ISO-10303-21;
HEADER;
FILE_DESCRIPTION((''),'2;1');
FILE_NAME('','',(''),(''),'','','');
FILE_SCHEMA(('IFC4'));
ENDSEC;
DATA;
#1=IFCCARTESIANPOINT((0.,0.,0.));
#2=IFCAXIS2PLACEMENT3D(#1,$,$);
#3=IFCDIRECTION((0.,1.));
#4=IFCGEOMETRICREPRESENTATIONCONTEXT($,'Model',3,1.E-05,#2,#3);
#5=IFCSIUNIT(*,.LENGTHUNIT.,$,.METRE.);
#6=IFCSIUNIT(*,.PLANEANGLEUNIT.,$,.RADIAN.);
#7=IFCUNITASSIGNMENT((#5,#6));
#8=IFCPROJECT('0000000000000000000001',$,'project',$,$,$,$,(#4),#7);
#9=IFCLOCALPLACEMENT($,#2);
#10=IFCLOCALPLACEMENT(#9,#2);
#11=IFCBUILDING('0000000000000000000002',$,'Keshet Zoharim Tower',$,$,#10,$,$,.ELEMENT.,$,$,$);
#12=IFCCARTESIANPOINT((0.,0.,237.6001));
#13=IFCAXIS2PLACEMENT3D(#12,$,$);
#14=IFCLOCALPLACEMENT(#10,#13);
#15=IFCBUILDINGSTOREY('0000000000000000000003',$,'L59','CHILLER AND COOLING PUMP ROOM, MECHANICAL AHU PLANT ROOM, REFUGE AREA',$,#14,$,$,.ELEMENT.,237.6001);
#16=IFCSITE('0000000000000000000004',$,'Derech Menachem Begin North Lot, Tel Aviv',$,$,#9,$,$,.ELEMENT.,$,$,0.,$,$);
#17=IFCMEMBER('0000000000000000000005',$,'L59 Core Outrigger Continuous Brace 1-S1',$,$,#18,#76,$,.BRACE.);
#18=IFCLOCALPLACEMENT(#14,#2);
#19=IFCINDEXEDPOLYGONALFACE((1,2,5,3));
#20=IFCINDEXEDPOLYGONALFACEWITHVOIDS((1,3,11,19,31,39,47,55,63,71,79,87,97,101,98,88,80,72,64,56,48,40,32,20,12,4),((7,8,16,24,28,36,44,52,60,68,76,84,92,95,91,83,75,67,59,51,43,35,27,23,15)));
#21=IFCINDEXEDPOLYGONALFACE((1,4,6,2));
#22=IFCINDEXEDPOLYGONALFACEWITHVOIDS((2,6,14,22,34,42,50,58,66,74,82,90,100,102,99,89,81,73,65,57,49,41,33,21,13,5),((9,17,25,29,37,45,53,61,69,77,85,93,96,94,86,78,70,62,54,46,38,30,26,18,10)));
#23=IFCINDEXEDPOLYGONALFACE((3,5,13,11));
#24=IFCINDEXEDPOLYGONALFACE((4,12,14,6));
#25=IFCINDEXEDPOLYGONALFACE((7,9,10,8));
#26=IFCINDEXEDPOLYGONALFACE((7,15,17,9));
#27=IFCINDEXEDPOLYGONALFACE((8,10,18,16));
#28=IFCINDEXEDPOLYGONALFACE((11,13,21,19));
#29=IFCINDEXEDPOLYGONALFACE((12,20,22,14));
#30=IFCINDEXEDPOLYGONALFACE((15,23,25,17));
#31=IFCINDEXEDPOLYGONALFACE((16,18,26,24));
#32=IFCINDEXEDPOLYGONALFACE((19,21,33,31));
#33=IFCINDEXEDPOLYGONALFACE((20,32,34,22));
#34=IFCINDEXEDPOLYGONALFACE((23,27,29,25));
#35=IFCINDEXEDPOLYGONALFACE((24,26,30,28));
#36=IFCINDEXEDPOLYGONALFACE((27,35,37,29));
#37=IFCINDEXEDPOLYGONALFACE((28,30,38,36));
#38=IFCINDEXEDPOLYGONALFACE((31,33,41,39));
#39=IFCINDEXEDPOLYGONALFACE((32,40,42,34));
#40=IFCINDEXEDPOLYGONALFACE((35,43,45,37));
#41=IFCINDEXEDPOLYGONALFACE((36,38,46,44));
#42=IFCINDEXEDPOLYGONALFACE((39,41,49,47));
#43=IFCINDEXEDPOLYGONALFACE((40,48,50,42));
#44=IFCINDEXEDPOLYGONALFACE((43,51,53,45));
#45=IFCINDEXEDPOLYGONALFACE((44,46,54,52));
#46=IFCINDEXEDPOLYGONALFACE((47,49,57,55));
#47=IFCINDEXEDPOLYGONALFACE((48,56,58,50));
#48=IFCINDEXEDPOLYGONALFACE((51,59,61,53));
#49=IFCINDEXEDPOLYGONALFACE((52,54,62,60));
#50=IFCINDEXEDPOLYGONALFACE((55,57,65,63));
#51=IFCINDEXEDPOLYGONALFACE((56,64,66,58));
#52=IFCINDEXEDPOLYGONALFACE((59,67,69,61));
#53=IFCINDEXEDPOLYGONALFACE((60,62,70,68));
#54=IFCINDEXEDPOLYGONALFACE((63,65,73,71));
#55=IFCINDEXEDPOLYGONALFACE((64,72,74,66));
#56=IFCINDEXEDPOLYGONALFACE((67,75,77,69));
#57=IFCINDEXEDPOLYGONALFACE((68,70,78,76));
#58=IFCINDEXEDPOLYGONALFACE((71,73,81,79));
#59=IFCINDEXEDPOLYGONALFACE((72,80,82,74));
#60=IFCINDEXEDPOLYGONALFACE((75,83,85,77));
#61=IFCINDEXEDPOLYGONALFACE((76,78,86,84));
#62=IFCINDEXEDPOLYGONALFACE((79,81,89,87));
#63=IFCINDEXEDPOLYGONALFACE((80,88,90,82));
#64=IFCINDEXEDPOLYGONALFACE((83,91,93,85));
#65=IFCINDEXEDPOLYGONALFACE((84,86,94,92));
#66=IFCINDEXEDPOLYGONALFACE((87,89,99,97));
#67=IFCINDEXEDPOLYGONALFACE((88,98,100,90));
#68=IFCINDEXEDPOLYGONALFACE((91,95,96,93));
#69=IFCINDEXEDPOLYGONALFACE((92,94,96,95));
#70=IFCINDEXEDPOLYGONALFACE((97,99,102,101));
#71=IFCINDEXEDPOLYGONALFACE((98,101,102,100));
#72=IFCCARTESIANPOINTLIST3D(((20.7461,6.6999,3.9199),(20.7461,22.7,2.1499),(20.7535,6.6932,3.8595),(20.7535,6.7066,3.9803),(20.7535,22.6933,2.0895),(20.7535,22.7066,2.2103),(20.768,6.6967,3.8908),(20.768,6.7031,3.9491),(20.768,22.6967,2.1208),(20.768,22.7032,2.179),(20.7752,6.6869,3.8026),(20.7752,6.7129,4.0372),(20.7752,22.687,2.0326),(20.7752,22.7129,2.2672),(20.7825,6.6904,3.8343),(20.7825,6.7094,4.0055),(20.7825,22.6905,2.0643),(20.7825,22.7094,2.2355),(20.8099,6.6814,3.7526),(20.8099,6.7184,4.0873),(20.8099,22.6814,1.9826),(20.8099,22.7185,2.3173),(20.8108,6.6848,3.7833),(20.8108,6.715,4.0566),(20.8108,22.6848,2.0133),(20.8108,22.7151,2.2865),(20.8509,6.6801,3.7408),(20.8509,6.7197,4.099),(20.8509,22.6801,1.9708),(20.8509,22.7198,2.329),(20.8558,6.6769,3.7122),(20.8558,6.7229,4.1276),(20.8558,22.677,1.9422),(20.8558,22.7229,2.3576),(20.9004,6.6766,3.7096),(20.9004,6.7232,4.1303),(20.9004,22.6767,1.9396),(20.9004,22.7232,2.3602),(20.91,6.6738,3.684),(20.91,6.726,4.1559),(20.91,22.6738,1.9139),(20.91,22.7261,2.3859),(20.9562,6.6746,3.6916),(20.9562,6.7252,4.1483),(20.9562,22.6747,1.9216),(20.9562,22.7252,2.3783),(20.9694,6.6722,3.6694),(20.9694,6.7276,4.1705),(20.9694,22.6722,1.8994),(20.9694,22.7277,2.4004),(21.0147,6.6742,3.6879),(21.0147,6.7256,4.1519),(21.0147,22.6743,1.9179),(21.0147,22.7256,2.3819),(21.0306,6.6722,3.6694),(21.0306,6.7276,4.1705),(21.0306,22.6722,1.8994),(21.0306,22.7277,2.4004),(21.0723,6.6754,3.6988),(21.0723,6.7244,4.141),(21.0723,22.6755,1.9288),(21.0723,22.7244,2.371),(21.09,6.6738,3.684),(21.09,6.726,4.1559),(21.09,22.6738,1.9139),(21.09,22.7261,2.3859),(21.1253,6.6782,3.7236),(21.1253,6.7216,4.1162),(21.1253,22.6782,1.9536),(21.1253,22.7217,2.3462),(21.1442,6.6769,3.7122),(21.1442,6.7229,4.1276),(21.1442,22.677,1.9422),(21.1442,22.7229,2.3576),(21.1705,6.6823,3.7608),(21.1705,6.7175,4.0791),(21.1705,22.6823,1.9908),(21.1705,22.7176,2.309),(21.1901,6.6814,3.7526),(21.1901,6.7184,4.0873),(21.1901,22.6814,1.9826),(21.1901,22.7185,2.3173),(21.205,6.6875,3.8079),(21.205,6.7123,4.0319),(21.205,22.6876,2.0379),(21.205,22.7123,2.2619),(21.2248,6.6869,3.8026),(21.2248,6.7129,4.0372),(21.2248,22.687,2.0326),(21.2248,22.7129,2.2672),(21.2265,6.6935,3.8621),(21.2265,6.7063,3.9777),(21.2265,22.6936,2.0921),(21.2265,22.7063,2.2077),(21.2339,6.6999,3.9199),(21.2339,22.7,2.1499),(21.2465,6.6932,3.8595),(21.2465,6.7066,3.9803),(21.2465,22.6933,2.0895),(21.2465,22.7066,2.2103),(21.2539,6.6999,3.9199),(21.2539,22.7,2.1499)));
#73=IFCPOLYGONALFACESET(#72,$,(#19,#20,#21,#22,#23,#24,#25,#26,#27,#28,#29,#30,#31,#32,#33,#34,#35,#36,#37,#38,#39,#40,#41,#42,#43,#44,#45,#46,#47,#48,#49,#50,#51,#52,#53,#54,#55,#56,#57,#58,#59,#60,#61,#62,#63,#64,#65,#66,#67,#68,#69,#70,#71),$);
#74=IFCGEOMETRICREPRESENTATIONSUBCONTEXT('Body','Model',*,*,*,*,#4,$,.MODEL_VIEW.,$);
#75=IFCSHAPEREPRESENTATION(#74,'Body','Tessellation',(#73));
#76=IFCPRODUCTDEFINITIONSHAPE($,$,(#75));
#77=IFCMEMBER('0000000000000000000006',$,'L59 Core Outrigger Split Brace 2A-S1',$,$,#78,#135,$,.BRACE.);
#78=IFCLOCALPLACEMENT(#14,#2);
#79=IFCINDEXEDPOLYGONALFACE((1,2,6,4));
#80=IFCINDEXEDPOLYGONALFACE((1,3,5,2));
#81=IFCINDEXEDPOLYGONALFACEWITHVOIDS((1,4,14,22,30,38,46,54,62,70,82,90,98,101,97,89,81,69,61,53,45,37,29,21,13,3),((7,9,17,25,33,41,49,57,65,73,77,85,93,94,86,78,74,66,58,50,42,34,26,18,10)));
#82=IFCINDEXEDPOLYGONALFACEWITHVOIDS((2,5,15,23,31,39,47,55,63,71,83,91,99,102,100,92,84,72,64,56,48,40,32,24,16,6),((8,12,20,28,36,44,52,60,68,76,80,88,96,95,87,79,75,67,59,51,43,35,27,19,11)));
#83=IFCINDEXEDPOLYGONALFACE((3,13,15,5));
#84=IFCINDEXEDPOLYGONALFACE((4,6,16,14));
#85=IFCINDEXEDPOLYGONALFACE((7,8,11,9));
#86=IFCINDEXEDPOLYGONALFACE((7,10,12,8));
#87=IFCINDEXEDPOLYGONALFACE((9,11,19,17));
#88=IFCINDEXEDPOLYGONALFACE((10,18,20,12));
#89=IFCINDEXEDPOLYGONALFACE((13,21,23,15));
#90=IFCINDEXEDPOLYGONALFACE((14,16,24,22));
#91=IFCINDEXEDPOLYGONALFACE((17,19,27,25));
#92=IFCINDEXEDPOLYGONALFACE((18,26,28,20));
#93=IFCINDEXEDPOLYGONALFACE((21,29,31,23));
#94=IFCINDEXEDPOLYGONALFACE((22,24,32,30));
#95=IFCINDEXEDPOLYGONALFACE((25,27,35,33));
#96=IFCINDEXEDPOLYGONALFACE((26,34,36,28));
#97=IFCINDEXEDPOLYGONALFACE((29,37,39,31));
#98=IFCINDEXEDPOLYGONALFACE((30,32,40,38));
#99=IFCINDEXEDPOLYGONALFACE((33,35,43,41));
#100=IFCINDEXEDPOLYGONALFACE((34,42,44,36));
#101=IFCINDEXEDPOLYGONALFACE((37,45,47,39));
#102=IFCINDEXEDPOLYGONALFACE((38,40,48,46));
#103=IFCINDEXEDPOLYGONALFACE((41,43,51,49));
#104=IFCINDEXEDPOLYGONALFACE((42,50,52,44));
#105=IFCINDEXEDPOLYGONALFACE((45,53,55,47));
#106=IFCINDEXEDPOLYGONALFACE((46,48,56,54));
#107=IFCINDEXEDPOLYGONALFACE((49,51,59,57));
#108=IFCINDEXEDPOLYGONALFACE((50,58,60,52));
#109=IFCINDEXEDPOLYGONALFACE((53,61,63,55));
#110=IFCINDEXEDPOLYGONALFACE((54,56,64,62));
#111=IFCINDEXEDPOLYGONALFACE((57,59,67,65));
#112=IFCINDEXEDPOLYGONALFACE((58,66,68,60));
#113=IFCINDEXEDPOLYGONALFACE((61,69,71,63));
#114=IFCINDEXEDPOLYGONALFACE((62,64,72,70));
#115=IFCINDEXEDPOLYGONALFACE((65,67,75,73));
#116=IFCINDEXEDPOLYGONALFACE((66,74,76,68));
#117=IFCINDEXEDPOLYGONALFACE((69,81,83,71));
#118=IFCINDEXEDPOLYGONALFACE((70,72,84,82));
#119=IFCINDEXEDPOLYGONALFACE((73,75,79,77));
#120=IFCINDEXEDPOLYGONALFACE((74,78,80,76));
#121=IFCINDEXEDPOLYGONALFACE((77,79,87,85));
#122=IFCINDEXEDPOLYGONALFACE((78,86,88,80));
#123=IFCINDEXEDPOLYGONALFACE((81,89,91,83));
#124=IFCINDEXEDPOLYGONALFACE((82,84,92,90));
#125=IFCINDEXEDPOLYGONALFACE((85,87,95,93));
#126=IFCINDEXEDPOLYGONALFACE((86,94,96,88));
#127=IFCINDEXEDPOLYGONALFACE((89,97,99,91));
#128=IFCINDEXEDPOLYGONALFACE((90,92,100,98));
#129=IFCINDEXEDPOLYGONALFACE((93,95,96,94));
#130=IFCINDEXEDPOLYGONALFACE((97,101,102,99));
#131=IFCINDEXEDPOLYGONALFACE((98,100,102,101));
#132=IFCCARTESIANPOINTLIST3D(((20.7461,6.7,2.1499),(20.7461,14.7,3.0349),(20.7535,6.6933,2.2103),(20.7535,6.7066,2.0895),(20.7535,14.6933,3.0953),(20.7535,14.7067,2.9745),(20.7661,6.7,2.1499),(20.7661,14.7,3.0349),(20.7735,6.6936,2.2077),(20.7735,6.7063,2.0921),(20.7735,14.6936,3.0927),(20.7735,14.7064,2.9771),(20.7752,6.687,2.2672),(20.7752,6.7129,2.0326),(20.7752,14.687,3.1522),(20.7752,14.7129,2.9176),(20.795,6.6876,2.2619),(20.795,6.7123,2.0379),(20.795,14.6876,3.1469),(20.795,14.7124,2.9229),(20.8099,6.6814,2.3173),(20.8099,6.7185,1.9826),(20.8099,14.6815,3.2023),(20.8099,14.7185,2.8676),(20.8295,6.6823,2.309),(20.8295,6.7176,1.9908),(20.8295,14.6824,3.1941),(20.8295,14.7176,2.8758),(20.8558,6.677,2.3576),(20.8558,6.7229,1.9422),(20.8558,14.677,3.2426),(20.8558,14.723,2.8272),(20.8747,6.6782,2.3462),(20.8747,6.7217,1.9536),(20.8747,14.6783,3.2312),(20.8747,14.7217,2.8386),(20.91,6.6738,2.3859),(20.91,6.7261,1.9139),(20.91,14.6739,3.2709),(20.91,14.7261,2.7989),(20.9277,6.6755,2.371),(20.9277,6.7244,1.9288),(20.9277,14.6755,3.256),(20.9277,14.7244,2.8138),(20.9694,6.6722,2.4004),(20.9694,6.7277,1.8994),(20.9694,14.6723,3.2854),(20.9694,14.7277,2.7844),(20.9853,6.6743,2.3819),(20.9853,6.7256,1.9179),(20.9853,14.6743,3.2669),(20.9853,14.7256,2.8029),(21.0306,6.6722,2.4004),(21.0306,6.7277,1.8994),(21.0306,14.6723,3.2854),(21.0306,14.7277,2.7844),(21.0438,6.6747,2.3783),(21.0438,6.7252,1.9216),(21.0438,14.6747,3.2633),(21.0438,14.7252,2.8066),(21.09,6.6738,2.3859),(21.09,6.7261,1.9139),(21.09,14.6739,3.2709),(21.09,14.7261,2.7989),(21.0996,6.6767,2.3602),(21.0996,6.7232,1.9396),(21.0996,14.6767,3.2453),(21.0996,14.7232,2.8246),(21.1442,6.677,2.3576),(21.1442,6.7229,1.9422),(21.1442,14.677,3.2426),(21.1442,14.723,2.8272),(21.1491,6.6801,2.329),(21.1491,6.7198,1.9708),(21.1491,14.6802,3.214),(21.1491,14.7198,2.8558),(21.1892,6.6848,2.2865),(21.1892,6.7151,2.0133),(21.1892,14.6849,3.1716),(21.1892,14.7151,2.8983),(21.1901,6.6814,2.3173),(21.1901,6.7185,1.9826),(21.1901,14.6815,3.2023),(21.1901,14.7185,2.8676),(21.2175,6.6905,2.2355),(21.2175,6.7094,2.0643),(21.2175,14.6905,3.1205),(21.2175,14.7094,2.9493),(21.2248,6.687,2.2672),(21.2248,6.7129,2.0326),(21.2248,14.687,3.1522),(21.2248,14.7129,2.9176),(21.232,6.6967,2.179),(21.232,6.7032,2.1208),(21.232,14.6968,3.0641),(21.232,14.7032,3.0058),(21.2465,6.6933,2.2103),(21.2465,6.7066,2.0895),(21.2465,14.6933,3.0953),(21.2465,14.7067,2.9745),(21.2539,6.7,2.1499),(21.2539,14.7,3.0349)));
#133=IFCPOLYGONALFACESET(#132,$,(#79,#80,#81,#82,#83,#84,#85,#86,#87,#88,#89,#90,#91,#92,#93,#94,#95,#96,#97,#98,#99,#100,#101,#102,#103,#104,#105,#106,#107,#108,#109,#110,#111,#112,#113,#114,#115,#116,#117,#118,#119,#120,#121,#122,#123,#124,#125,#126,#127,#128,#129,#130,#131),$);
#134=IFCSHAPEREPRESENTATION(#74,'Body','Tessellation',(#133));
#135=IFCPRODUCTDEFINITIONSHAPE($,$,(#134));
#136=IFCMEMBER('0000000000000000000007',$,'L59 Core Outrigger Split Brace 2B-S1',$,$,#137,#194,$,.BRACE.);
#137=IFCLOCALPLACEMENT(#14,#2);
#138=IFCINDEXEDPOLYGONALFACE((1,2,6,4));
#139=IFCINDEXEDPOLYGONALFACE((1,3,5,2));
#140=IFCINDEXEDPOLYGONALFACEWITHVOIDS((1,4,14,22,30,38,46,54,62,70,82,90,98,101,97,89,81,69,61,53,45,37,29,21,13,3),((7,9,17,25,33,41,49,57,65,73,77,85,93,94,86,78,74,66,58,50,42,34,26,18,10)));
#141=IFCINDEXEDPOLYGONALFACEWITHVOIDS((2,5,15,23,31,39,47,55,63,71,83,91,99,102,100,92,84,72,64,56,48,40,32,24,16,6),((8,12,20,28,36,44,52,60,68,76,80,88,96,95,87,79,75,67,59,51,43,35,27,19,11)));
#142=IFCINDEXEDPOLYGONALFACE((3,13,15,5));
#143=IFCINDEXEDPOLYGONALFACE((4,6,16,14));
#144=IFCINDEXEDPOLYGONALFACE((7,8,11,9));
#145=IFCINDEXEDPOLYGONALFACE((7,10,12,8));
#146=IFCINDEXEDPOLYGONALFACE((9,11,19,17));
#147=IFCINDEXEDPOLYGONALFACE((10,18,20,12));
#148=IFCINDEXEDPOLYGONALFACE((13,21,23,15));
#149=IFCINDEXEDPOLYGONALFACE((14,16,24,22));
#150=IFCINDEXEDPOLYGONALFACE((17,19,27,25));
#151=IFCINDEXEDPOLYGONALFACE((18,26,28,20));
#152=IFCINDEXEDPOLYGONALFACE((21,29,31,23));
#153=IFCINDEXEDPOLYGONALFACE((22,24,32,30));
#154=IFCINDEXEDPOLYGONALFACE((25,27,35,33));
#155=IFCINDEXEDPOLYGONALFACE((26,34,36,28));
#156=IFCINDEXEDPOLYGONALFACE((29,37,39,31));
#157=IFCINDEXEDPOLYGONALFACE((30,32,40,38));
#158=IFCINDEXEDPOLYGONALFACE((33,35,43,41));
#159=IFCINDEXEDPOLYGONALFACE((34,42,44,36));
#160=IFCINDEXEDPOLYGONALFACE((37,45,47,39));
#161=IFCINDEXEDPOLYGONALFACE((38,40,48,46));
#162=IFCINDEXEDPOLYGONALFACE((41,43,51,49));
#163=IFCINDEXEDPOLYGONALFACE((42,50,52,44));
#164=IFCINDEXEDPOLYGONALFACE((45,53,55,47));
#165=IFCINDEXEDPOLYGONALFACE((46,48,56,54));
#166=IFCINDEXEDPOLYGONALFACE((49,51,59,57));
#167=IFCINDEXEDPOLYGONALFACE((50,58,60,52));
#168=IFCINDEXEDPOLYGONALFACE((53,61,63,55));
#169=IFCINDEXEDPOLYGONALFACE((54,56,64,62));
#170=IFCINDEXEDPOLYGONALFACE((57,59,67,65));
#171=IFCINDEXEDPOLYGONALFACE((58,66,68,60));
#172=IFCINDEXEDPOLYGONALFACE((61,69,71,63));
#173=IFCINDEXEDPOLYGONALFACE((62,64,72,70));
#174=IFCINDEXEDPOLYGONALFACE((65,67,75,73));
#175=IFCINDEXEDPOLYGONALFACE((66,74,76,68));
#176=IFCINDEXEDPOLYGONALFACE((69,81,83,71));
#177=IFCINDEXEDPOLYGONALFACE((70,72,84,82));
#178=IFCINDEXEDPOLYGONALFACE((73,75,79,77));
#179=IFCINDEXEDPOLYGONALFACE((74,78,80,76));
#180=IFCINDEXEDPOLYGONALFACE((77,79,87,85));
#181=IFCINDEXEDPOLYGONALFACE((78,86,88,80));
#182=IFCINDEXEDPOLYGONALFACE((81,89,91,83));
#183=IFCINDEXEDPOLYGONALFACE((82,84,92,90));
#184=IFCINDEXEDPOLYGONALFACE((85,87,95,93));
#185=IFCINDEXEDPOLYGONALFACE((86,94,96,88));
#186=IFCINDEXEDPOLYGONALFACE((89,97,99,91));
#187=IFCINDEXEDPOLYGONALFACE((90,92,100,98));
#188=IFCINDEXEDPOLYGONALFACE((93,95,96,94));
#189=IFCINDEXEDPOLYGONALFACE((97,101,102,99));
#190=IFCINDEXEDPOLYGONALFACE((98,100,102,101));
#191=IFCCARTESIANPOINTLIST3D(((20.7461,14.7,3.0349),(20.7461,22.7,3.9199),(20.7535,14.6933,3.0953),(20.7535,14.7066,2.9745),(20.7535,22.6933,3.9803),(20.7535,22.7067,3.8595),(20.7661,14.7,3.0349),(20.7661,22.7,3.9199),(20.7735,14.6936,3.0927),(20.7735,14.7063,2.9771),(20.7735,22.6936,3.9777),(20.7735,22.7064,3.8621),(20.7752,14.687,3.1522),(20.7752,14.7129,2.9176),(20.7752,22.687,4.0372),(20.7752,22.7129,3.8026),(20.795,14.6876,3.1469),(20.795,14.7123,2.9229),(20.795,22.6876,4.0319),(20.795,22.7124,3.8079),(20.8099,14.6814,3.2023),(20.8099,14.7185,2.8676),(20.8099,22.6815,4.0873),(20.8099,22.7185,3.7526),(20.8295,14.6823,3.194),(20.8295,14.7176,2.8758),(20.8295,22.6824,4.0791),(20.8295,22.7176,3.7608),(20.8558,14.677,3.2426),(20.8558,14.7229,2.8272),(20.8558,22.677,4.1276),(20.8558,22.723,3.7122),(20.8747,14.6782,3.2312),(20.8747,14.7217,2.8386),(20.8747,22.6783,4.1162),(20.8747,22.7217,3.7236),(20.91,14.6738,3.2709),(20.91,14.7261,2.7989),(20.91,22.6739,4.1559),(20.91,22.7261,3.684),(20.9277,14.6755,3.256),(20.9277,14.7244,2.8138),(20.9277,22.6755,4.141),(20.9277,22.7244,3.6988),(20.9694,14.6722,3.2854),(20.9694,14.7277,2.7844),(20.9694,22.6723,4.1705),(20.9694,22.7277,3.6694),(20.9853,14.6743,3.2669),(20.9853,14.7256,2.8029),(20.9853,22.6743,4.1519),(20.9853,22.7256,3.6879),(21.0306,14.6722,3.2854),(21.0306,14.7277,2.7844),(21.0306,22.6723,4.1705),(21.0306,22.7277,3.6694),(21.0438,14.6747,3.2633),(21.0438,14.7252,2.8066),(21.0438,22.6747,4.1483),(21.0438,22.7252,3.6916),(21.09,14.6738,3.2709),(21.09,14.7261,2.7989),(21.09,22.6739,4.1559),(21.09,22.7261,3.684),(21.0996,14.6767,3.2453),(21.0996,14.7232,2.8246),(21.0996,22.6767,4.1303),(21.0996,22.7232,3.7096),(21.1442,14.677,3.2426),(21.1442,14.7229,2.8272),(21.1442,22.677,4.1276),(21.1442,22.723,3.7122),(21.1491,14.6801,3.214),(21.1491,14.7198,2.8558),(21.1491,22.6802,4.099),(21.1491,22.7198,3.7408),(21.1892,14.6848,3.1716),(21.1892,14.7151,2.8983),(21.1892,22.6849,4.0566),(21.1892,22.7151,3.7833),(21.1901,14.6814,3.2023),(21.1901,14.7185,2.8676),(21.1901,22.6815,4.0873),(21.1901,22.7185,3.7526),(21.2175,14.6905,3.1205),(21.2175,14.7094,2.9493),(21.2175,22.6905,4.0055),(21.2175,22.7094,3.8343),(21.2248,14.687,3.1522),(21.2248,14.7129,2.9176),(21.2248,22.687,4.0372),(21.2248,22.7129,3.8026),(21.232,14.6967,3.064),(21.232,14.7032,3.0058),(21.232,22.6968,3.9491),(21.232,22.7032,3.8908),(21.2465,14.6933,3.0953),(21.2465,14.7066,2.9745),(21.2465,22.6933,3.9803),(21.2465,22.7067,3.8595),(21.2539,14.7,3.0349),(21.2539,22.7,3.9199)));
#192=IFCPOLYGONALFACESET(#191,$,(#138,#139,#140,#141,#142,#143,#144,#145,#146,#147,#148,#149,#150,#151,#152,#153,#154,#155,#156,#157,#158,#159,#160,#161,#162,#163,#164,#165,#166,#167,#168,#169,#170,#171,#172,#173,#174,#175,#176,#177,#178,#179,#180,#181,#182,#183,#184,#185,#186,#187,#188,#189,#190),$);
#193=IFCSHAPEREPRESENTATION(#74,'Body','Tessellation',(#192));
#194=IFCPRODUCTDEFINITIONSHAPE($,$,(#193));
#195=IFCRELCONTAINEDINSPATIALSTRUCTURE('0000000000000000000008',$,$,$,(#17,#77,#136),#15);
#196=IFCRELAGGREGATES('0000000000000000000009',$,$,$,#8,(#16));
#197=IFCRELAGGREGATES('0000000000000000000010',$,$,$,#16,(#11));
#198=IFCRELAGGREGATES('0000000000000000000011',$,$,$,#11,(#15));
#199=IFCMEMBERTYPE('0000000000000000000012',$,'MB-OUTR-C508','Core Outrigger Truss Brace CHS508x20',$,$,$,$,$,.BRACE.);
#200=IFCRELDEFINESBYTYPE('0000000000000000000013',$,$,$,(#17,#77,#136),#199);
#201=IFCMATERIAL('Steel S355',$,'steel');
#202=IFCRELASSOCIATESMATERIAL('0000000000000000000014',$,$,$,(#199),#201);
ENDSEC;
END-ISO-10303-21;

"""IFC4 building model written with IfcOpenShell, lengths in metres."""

from ifc_helpers import new_model, si_unit, direction, frame, origin, origin_2d, place, context, subcontext, project, spatial, hollow_circle, extrude, material, material_profile, profile_set, type_object, element, save


model = new_model("IFC4")

# Units and contexts
model_context = context("Model", 3, precision=1e-05, world=origin(), true_north=direction((0.0, 1.0)))
body_context = subcontext(model_context, "Body", "Model", "MODEL_VIEW")
ifc_project = project(units=[si_unit("LENGTHUNIT", "METRE"), si_unit("PLANEANGLEUNIT", "RADIAN")], contexts=[model_context])

# Site, building, storey
site_placement = place(None, origin())
site = spatial("IfcSite", under=ifc_project, at=site_placement, Name="Derech Menachem Begin North Lot, Tel Aviv", CompositionType="ELEMENT", RefElevation=0.0)
building_placement = place(site_placement, origin())
building = spatial("IfcBuilding", under=site, at=building_placement, Name="Keshet Zoharim Tower", CompositionType="ELEMENT")
storey_placement = place(building_placement, frame((0.0, 0.0, 237.6001)))
storey = spatial("IfcBuildingStorey", under=building, at=storey_placement, Name="L59", Description="CHILLER AND COOLING PUMP ROOM, MECHANICAL AHU PLANT ROOM, REFUGE AREA", CompositionType="ELEMENT", Elevation=237.6001)

# Shared definitions
ifc_material_1 = material(Name="Steel S355", Category="steel")

# Members
ifc_material_profile_1 = material_profile(ifc_material_1, hollow_circle(Radius=0.2539, WallThickness=0.02, at=origin_2d()), Name="CHS508x20")
ifc_profile_set_1 = profile_set([ifc_material_profile_1], Name="Steel S355")
member_type_1 = type_object("IfcMemberType", Name="MB-OUTR-C508", Description="Core Outrigger Truss Brace CHS508x20", PredefinedType="BRACE", material=ifc_profile_set_1)
member_1_placement = place(storey_placement, frame((21.0, 22.7, 2.1499), z_axis=(0.0, -0.993937, 0.109955), x_axis=(1.0, 0.0, 0.0)))
element("IfcMember", 1, at=member_1_placement, inside=storey, type_object=member_type_1, Name="L59 Core Outrigger Continuous Brace 1-S1", PredefinedType="BRACE", context=body_context, shape_type="SweptSolid", body=[
    extrude(hollow_circle(Radius=0.2539, WallThickness=0.02, at=origin_2d()), origin(), (0.0, 0.0, 1.0), 16.0977),
])
for number, where, z_axis, x_axis, name in (
    (2, (21.0, 6.7, 2.1499), (0.0, 0.993937, 0.109955), (-1.0, 0.0, 0.0), "L59 Core Outrigger Split Brace 2A-S1"),
    (3, (21.0, 14.7, 3.0349), (0.0, 0.993937, 0.109955), (-1.0, 0.0, 0.0), "L59 Core Outrigger Split Brace 2B-S1"),
):
    element("IfcMember", number, at=place(storey_placement, frame(where, z_axis=z_axis, x_axis=x_axis)), inside=storey, type_object=member_type_1, Name=name, PredefinedType="BRACE", context=body_context, shape_type="SweptSolid", body=[
        extrude(hollow_circle(Radius=0.2539, WallThickness=0.02, at=origin_2d()), origin(), (0.0, 0.0, 1.0), 8.0488),
    ])

save(model, "model.ifc")
